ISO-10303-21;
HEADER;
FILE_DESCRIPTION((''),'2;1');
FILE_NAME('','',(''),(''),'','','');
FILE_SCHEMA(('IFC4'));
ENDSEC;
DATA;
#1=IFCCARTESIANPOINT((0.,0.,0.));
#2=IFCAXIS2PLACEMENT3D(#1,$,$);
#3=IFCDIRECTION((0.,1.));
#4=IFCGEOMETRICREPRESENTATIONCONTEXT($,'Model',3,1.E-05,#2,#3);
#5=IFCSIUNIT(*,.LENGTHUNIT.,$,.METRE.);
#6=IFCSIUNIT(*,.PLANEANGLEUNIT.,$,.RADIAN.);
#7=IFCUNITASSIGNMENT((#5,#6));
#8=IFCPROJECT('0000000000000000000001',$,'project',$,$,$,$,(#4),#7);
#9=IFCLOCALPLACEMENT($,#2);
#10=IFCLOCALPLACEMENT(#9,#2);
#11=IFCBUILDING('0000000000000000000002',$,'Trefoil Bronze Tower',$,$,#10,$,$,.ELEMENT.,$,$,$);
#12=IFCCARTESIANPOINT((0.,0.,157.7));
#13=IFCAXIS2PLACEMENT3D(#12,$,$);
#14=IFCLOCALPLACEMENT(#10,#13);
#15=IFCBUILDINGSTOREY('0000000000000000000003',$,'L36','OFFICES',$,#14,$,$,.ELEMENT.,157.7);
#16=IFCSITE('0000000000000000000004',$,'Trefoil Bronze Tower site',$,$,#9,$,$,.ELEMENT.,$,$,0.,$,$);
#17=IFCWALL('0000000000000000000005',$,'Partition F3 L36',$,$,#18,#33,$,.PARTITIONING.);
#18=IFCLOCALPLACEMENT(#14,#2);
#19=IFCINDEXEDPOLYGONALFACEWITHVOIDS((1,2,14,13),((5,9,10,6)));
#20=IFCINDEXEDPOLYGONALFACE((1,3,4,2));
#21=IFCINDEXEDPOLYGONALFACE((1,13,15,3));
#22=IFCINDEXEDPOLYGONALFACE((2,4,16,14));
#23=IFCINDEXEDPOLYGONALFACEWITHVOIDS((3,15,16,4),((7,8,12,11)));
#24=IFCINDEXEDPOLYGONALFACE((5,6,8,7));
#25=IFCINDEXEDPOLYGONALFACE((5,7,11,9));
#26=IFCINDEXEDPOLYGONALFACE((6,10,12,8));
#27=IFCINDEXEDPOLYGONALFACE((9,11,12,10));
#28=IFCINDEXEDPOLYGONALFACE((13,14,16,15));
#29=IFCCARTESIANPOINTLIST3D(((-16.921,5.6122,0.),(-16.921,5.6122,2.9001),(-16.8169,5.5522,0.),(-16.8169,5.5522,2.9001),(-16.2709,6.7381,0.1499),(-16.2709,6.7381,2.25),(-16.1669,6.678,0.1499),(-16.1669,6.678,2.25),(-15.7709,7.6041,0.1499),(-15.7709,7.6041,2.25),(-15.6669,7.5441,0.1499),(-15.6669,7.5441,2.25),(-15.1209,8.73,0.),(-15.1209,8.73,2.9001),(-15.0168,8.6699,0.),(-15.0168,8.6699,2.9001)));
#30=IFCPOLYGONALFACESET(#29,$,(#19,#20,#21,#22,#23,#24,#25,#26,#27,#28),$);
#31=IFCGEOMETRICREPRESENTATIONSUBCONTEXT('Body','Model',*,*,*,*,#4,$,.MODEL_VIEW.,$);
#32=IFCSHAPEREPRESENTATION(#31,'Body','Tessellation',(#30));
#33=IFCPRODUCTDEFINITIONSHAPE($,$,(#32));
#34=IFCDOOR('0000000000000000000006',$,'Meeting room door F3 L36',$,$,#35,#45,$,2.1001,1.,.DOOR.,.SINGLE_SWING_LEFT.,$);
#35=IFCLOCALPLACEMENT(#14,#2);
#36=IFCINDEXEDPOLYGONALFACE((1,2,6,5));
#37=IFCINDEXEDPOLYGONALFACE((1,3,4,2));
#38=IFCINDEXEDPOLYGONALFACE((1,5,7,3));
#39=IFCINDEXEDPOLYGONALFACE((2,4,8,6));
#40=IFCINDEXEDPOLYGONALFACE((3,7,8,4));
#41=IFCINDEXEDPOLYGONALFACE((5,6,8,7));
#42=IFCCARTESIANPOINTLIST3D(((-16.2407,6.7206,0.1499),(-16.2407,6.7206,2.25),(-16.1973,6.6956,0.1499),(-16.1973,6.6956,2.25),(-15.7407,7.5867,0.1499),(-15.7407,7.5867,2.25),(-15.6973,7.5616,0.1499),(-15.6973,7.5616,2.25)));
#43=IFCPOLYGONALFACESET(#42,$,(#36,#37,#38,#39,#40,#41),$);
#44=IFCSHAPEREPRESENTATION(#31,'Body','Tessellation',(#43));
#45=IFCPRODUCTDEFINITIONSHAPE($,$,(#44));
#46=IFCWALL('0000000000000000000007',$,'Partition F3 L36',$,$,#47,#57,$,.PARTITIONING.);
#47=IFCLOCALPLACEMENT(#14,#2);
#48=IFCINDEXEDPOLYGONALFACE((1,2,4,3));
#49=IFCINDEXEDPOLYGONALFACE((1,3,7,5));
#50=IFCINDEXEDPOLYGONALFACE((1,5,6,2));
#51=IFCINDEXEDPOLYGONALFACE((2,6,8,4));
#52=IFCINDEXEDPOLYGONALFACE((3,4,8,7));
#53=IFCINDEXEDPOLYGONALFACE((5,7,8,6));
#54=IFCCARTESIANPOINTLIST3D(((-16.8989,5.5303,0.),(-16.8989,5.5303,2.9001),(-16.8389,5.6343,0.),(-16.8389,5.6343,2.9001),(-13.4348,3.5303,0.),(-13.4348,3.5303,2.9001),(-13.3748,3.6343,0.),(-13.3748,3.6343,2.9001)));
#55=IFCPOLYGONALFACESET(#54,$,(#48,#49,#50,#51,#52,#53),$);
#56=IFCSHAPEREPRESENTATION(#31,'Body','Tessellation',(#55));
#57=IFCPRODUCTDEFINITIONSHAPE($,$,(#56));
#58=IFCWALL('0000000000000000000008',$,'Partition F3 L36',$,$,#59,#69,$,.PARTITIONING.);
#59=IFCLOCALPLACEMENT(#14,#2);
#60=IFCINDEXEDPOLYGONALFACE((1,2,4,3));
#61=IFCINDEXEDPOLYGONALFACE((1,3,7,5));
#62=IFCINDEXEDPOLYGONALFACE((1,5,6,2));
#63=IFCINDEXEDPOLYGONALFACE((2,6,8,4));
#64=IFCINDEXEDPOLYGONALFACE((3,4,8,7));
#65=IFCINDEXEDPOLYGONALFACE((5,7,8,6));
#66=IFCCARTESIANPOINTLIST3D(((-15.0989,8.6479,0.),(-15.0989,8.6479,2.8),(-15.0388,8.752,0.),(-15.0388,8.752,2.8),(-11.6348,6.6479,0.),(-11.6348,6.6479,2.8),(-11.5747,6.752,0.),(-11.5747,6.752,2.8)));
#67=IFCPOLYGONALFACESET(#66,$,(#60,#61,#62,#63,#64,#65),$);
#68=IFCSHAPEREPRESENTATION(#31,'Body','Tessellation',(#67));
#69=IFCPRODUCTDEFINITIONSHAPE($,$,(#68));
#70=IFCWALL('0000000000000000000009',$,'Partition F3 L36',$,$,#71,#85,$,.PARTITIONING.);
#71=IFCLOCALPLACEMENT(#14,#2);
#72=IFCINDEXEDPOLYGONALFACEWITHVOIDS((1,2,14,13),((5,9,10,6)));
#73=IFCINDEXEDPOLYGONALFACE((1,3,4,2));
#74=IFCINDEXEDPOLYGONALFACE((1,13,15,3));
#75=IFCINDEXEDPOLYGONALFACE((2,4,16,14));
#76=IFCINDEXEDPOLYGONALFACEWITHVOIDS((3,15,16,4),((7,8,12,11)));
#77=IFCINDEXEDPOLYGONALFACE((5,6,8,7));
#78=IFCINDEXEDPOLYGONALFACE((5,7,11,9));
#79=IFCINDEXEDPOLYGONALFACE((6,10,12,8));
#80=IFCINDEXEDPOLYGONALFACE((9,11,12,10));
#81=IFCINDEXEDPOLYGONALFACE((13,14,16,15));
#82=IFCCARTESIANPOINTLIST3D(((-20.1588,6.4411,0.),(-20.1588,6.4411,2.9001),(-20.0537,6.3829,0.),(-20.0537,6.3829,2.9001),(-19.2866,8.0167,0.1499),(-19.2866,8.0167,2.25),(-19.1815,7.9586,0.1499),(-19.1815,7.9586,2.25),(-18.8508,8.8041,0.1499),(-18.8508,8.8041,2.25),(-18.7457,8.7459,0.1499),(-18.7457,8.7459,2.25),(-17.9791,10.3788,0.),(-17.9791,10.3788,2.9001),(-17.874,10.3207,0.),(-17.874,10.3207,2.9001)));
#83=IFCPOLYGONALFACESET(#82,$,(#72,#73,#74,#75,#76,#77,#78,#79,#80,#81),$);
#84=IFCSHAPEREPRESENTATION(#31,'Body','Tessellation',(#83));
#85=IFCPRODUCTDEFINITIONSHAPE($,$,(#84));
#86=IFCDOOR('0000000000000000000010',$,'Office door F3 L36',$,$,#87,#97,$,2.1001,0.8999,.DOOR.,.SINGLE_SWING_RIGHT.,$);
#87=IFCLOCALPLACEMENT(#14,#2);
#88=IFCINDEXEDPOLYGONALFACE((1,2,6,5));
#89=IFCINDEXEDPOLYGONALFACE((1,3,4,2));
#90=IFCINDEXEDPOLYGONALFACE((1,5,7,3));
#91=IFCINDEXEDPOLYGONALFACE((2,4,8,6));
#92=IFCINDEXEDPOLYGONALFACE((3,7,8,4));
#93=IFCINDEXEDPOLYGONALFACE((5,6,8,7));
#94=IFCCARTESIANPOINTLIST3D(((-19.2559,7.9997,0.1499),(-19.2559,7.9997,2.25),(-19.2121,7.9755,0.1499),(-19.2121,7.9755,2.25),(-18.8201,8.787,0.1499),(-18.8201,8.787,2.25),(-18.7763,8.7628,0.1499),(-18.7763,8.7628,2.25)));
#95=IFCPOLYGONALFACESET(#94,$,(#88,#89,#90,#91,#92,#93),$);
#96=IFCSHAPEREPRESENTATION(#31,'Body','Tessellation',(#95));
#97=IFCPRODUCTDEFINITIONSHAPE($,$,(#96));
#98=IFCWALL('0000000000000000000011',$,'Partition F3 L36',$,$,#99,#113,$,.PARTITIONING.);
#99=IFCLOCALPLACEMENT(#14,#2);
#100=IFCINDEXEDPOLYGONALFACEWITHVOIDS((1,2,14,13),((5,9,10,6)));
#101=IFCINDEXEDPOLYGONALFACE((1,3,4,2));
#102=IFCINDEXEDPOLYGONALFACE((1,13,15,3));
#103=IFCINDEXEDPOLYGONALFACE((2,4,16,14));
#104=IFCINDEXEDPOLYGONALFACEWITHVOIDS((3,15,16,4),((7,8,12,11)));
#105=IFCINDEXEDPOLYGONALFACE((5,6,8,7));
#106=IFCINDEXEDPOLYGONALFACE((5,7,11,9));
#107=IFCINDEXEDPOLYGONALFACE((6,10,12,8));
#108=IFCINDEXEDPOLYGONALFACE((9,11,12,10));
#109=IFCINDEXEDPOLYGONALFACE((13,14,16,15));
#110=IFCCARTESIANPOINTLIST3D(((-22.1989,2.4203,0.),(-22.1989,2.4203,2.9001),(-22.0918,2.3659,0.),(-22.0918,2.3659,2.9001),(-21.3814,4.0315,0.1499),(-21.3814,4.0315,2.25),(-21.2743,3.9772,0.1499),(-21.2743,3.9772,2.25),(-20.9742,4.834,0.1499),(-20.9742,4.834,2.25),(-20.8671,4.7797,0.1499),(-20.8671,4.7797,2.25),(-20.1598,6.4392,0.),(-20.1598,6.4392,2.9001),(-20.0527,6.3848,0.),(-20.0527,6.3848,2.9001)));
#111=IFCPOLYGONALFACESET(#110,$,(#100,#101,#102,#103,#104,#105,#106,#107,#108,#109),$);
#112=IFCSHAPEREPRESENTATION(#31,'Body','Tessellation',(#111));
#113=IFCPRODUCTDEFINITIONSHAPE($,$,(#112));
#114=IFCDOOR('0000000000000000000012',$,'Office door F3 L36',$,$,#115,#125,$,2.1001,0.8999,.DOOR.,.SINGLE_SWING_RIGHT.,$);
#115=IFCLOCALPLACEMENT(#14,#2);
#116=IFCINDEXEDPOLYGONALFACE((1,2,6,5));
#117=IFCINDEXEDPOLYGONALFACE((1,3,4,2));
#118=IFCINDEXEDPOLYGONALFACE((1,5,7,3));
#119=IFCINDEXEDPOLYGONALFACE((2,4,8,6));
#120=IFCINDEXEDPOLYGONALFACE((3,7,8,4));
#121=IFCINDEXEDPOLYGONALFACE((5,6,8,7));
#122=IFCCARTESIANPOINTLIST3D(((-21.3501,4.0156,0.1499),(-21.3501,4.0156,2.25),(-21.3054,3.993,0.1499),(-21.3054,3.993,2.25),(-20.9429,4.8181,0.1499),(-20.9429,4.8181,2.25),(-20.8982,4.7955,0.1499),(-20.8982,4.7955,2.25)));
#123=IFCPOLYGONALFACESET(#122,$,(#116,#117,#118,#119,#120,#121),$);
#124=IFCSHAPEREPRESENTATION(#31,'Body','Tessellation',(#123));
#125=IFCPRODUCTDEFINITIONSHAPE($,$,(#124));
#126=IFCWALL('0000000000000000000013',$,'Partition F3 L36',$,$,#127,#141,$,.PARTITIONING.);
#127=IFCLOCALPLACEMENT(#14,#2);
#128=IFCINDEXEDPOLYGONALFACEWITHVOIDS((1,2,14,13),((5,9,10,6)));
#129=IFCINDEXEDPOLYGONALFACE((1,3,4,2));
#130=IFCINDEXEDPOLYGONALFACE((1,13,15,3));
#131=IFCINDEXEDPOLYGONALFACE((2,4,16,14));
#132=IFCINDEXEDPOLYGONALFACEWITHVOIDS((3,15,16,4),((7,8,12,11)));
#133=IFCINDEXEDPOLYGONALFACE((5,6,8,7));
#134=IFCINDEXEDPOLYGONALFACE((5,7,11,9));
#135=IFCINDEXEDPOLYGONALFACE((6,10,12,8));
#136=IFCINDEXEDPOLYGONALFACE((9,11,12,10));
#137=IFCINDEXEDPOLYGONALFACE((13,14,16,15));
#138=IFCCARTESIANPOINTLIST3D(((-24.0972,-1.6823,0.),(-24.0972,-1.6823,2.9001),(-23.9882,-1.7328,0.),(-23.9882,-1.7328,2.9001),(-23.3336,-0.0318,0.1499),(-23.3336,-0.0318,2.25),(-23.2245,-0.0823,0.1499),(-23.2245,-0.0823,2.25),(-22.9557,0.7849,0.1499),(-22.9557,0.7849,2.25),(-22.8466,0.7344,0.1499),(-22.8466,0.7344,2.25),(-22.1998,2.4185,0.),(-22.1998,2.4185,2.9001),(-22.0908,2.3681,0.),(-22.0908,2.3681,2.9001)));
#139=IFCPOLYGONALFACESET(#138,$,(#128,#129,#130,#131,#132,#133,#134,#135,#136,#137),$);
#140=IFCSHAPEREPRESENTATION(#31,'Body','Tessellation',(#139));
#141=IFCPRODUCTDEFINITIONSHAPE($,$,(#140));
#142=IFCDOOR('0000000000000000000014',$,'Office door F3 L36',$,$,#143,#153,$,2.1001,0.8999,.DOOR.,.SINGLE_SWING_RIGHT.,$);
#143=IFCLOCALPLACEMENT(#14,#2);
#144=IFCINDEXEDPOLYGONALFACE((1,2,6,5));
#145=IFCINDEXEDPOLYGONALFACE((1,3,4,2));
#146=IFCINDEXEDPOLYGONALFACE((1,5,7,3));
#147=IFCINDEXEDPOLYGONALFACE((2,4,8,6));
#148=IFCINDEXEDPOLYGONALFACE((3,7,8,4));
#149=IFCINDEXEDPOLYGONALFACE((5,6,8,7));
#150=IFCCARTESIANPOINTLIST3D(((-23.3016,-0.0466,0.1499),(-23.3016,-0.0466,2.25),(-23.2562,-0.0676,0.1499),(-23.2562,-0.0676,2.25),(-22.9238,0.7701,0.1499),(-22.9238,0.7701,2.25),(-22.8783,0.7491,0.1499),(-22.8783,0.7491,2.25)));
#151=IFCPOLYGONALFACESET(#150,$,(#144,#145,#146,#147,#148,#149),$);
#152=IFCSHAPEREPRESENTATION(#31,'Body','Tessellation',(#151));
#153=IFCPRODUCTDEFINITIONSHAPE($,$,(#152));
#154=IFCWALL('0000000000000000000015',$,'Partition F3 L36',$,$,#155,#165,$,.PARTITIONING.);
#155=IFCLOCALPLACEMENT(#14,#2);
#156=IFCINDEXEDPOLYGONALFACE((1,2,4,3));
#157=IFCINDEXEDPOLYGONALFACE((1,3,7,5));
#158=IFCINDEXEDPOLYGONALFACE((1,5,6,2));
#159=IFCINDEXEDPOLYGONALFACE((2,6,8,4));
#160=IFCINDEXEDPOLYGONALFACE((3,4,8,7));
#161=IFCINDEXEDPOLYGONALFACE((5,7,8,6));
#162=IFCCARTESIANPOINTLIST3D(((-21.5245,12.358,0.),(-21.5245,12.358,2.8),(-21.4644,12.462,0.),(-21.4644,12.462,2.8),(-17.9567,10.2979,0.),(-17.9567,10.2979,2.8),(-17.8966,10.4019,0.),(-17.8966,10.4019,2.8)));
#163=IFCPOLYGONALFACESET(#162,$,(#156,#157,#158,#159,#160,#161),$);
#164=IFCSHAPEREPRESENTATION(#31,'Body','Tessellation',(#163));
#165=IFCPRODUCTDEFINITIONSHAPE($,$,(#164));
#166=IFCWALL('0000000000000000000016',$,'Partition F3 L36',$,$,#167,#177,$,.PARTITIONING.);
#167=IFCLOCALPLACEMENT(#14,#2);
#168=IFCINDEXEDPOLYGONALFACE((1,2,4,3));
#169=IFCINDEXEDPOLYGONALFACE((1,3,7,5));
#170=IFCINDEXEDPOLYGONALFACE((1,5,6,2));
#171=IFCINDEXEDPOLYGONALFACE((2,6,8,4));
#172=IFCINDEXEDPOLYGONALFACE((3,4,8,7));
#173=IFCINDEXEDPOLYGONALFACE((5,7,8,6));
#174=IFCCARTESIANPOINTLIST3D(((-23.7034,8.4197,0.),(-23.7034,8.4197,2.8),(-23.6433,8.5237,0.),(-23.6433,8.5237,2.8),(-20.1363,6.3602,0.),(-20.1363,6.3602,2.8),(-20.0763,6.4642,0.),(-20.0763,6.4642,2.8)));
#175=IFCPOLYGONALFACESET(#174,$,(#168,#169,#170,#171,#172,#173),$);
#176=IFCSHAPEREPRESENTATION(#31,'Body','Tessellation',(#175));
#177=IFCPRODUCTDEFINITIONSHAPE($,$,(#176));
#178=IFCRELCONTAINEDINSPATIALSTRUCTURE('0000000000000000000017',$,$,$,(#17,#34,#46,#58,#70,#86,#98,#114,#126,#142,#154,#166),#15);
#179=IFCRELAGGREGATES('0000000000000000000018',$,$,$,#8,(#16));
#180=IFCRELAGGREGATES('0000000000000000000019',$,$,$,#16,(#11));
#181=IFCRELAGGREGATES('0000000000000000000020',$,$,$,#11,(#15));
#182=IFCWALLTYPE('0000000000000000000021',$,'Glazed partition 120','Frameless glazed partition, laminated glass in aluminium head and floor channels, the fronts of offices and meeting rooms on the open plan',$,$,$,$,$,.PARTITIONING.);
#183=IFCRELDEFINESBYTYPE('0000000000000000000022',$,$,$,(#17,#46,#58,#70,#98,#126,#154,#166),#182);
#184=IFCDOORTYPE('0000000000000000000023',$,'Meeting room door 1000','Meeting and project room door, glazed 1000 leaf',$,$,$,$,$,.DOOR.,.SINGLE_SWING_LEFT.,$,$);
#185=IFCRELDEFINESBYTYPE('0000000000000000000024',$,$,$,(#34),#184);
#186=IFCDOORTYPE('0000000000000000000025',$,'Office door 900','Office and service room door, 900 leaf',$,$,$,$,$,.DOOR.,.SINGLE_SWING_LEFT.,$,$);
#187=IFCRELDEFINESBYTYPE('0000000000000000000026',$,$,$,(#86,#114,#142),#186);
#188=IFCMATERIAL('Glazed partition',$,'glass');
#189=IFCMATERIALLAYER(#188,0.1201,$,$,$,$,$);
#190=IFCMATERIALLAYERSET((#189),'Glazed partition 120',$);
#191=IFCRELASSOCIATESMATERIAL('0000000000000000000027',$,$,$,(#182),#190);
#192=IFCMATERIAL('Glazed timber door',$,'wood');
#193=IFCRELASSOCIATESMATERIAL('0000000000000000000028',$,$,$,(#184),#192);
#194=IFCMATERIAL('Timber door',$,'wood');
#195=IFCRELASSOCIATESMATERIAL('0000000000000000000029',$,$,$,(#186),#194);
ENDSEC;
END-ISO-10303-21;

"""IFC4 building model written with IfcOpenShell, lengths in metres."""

from ifc_helpers import new_model, si_unit, direction, frame, frame_2d, origin, place, context, subcontext, project, spatial, rectangle, extrude, material, layer, layer_set, type_object, element, fill, save


model = new_model("IFC4")

# Units and contexts
model_context = context("Model", 3, precision=1e-05, world=origin(), true_north=direction((0.0, 1.0)))
body_context = subcontext(model_context, "Body", "Model", "MODEL_VIEW")
ifc_project = project(units=[si_unit("LENGTHUNIT", "METRE"), si_unit("PLANEANGLEUNIT", "RADIAN")], contexts=[model_context])

# Site, building, storey
site_placement = place(None, origin())
site = spatial("IfcSite", under=ifc_project, at=site_placement, Name="Trefoil Bronze Tower site", CompositionType="ELEMENT", RefElevation=0.0)
building_placement = place(site_placement, origin())
building = spatial("IfcBuilding", under=site, at=building_placement, Name="Trefoil Bronze Tower", CompositionType="ELEMENT")
storey_placement = place(building_placement, frame((0.0, 0.0, 157.7)))
storey = spatial("IfcBuildingStorey", under=building, at=storey_placement, Name="L36", Description="OFFICES", CompositionType="ELEMENT", Elevation=157.7)

# Wall, opening, door
ifc_material_1 = material(Name="Glazed partition", Category="glass")
ifc_layer_1 = layer(ifc_material_1, 0.1201)
ifc_layer_set_1 = layer_set([ifc_layer_1], Name="Glazed partition 120")
wall_type_1 = type_object("IfcWallType", Name="Glazed partition 120", Description="Frameless glazed partition, laminated glass in aluminium head and floor channels, the fronts of offices and meeting rooms on the open plan", PredefinedType="PARTITIONING", material=ifc_layer_set_1)
wall_1_placement = place(storey_placement, frame((-15.0688, 8.7, 0.0), z_axis=(0.0, 0.0, 1.0), x_axis=(-0.500012, -0.866018, 0.0)))
wall_1 = element("IfcWall", 1, at=wall_1_placement, inside=storey, type_object=wall_type_1, Name="Partition F3 L36", PredefinedType="PARTITIONING", context=body_context, shape_type="SweptSolid", body=[
    extrude(rectangle(XDim=3.6001, YDim=0.1201, at=frame_2d((1.8, 0.0))), origin(), (0.0, 0.0, 1.0), 2.9001),
])
opening_1_placement = place(wall_1_placement, frame((1.3, 0.0, 0.1499)))
opening_1 = element("IfcOpeningElement", 2, at=opening_1_placement, cuts=wall_1, PredefinedType="OPENING", context=body_context, shape_type="SweptSolid", body=[
    extrude(rectangle(XDim=1.0, YDim=2.1001, at=frame_2d((0.5, 1.05))), frame((0.0, 0.0701, 0.0), z_axis=(0.0, -1.0, 0.0), x_axis=(1.0, 0.0, 0.0)), (0.0, 0.0, 1.0), 0.1401),
])
ifc_material_2 = material(Name="Glazed timber door", Category="wood")
door_type_1 = type_object("IfcDoorType", Name="Meeting room door 1000", Description="Meeting and project room door, glazed 1000 leaf", OperationType="SINGLE_SWING_LEFT", PredefinedType="DOOR", material=ifc_material_2)
door_1_placement = place(opening_1_placement, origin())
door_1 = element("IfcDoor", 3, at=door_1_placement, inside=storey, type_object=door_type_1, Name="Meeting room door F3 L36", OperationType="SINGLE_SWING_LEFT", OverallHeight=2.1001, OverallWidth=1.0, PredefinedType="DOOR", context=body_context, shape_type="SweptSolid", body=[
    extrude(rectangle(XDim=1.0, YDim=2.1001, at=frame_2d((0.5, 1.05))), frame((0.0, 0.0249, 0.0), z_axis=(0.0, -1.0, 0.0), x_axis=(1.0, 0.0, 0.0)), (0.0, 0.0, 1.0), 0.05),
])
fill(opening_1, door_1)

# Walls
wall_2_placement = place(storey_placement, frame((-13.4048, 3.5823, 0.0), z_axis=(0.0, 0.0, 1.0), x_axis=(-0.866026, 0.499999, 0.0)))
element("IfcWall", 4, at=wall_2_placement, inside=storey, type_object=wall_type_1, Name="Partition F3 L36", PredefinedType="PARTITIONING", context=body_context, shape_type="SweptSolid", body=[
    extrude(rectangle(XDim=4.0, YDim=0.1201, at=frame_2d((2.0, 0.0))), origin(), (0.0, 0.0, 1.0), 2.9001),
])
wall_3_placement = place(storey_placement, frame((-11.6047, 6.7, 0.0), z_axis=(0.0, 0.0, 1.0), x_axis=(-0.866026, 0.499999, 0.0)))
element("IfcWall", 5, at=wall_3_placement, inside=storey, type_object=wall_type_1, Name="Partition F3 L36", PredefinedType="PARTITIONING", context=body_context, shape_type="SweptSolid", body=[
    extrude(rectangle(XDim=4.0, YDim=0.1201, at=frame_2d((2.0, 0.0))), origin(), (0.0, 0.0, 1.0), 2.8),
])

# Walls, openings, doors
wall_4_placement = place(storey_placement, frame((-17.9265, 10.3499, 0.0), z_axis=(0.0, 0.0, 1.0), x_axis=(-0.484293, -0.874906, 0.0)))
wall_4 = element("IfcWall", 6, at=wall_4_placement, inside=storey, type_object=wall_type_1, Name="Partition F3 L36", PredefinedType="PARTITIONING", context=body_context, shape_type="SweptSolid", body=[
    extrude(rectangle(XDim=4.5007, YDim=0.1201, at=frame_2d((2.2505, 0.0))), origin(), (0.0, 0.0, 1.0), 2.9001),
])
opening_2_placement = place(wall_4_placement, frame((1.8, 0.0, 0.1499)))
opening_2 = element("IfcOpeningElement", 7, at=opening_2_placement, cuts=wall_4, PredefinedType="OPENING", context=body_context, shape_type="SweptSolid", body=[
    extrude(rectangle(XDim=0.8999, YDim=2.1001, at=frame_2d((0.45, 1.05))), frame((0.0, 0.0701, 0.0), z_axis=(0.0, -1.0, 0.0), x_axis=(1.0, 0.0, 0.0)), (0.0, 0.0, 1.0), 0.1401),
])
ifc_material_3 = material(Name="Timber door", Category="wood")
door_type_2 = type_object("IfcDoorType", Name="Office door 900", Description="Office and service room door, 900 leaf", OperationType="SINGLE_SWING_LEFT", PredefinedType="DOOR", material=ifc_material_3)
door_2_placement = place(opening_2_placement, frame((0.8999, 0.0, 0.0), z_axis=(0.0, 0.0, 1.0), x_axis=(-1.0, 0.0, 0.0)))
door_2 = element("IfcDoor", 8, at=door_2_placement, inside=storey, type_object=door_type_2, Name="Office door F3 L36", OperationType="SINGLE_SWING_RIGHT", OverallHeight=2.1001, OverallWidth=0.8999, PredefinedType="DOOR", context=body_context, shape_type="SweptSolid", body=[
    extrude(rectangle(XDim=0.8999, YDim=2.1001, at=frame_2d((0.45, 1.05))), frame((0.0, 0.0249, 0.0), z_axis=(0.0, -1.0, 0.0), x_axis=(1.0, 0.0, 0.0)), (0.0, 0.0, 1.0), 0.05),
])
fill(opening_2, door_2)
wall_5_placement = place(storey_placement, frame((-20.1062, 6.4121, 0.0), z_axis=(0.0, 0.0, 1.0), x_axis=(-0.452472, -0.891779, 0.0)))
wall_5 = element("IfcWall", 9, at=wall_5_placement, inside=storey, type_object=wall_type_1, Name="Partition F3 L36", PredefinedType="PARTITIONING", context=body_context, shape_type="SweptSolid", body=[
    extrude(rectangle(XDim=4.5066, YDim=0.1201, at=frame_2d((2.2534, 0.0))), origin(), (0.0, 0.0, 1.0), 2.9001),
])
opening_3_placement = place(wall_5_placement, frame((1.8, 0.0, 0.1499)))
opening_3 = element("IfcOpeningElement", 10, at=opening_3_placement, cuts=wall_5, PredefinedType="OPENING", context=body_context, shape_type="SweptSolid", body=[
    extrude(rectangle(XDim=0.8999, YDim=2.1001, at=frame_2d((0.45, 1.05))), frame((0.0, 0.0701, 0.0), z_axis=(0.0, -1.0, 0.0), x_axis=(1.0, 0.0, 0.0)), (0.0, 0.0, 1.0), 0.1401),
])
door_3_placement = place(opening_3_placement, frame((0.8999, 0.0, 0.0), z_axis=(0.0, 0.0, 1.0), x_axis=(-1.0, 0.0, 0.0)))
door_3 = element("IfcDoor", 11, at=door_3_placement, inside=storey, type_object=door_type_2, Name="Office door F3 L36", OperationType="SINGLE_SWING_RIGHT", OverallHeight=2.1001, OverallWidth=0.8999, PredefinedType="DOOR", context=body_context, shape_type="SweptSolid", body=[
    extrude(rectangle(XDim=0.8999, YDim=2.1001, at=frame_2d((0.45, 1.05))), frame((0.0, 0.0249, 0.0), z_axis=(0.0, -1.0, 0.0), x_axis=(1.0, 0.0, 0.0)), (0.0, 0.0, 1.0), 0.05),
])
fill(opening_3, door_3)
wall_6_placement = place(storey_placement, frame((-22.1453, 2.3933, 0.0), z_axis=(0.0, 0.0, 1.0), x_axis=(-0.419928, -0.907557, 0.0)))
wall_6 = element("IfcWall", 12, at=wall_6_placement, inside=storey, type_object=wall_type_1, Name="Partition F3 L36", PredefinedType="PARTITIONING", context=body_context, shape_type="SweptSolid", body=[
    extrude(rectangle(XDim=4.5186, YDim=0.1201, at=frame_2d((2.2593, 0.0))), origin(), (0.0, 0.0, 1.0), 2.9001),
])
opening_4_placement = place(wall_6_placement, frame((1.8, 0.0, 0.1499)))
opening_4 = element("IfcOpeningElement", 13, at=opening_4_placement, cuts=wall_6, PredefinedType="OPENING", context=body_context, shape_type="SweptSolid", body=[
    extrude(rectangle(XDim=0.8999, YDim=2.1001, at=frame_2d((0.45, 1.05))), frame((0.0, 0.0701, 0.0), z_axis=(0.0, -1.0, 0.0), x_axis=(1.0, 0.0, 0.0)), (0.0, 0.0, 1.0), 0.1401),
])
door_4_placement = place(opening_4_placement, frame((0.8999, 0.0, 0.0), z_axis=(0.0, 0.0, 1.0), x_axis=(-1.0, 0.0, 0.0)))
door_4 = element("IfcDoor", 14, at=door_4_placement, inside=storey, type_object=door_type_2, Name="Office door F3 L36", OperationType="SINGLE_SWING_RIGHT", OverallHeight=2.1001, OverallWidth=0.8999, PredefinedType="DOOR", context=body_context, shape_type="SweptSolid", body=[
    extrude(rectangle(XDim=0.8999, YDim=2.1001, at=frame_2d((0.45, 1.05))), frame((0.0, 0.0249, 0.0), z_axis=(0.0, -1.0, 0.0), x_axis=(1.0, 0.0, 0.0)), (0.0, 0.0, 1.0), 0.05),
])
fill(opening_4, door_4)

# Walls
wall_7_placement = place(storey_placement, frame((-17.9265, 10.3499, 0.0), z_axis=(0.0, 0.0, 1.0), x_axis=(-0.86601, 0.500027, 0.0)))
element("IfcWall", 15, at=wall_7_placement, inside=storey, type_object=wall_type_1, Name="Partition F3 L36", PredefinedType="PARTITIONING", context=body_context, shape_type="SweptSolid", body=[
    extrude(rectangle(XDim=4.1199, YDim=0.1201, at=frame_2d((2.0601, 0.0))), origin(), (0.0, 0.0, 1.0), 2.8),
])
wall_8_placement = place(storey_placement, frame((-20.1062, 6.4121, 0.0), z_axis=(0.0, 0.0, 1.0), x_axis=(-0.866017, 0.500015, 0.0)))
element("IfcWall", 16, at=wall_8_placement, inside=storey, type_object=wall_type_1, Name="Partition F3 L36", PredefinedType="PARTITIONING", context=body_context, shape_type="SweptSolid", body=[
    extrude(rectangle(XDim=4.1189, YDim=0.1201, at=frame_2d((2.0596, 0.0))), origin(), (0.0, 0.0, 1.0), 2.8),
])

save(model, "model.ifc")
